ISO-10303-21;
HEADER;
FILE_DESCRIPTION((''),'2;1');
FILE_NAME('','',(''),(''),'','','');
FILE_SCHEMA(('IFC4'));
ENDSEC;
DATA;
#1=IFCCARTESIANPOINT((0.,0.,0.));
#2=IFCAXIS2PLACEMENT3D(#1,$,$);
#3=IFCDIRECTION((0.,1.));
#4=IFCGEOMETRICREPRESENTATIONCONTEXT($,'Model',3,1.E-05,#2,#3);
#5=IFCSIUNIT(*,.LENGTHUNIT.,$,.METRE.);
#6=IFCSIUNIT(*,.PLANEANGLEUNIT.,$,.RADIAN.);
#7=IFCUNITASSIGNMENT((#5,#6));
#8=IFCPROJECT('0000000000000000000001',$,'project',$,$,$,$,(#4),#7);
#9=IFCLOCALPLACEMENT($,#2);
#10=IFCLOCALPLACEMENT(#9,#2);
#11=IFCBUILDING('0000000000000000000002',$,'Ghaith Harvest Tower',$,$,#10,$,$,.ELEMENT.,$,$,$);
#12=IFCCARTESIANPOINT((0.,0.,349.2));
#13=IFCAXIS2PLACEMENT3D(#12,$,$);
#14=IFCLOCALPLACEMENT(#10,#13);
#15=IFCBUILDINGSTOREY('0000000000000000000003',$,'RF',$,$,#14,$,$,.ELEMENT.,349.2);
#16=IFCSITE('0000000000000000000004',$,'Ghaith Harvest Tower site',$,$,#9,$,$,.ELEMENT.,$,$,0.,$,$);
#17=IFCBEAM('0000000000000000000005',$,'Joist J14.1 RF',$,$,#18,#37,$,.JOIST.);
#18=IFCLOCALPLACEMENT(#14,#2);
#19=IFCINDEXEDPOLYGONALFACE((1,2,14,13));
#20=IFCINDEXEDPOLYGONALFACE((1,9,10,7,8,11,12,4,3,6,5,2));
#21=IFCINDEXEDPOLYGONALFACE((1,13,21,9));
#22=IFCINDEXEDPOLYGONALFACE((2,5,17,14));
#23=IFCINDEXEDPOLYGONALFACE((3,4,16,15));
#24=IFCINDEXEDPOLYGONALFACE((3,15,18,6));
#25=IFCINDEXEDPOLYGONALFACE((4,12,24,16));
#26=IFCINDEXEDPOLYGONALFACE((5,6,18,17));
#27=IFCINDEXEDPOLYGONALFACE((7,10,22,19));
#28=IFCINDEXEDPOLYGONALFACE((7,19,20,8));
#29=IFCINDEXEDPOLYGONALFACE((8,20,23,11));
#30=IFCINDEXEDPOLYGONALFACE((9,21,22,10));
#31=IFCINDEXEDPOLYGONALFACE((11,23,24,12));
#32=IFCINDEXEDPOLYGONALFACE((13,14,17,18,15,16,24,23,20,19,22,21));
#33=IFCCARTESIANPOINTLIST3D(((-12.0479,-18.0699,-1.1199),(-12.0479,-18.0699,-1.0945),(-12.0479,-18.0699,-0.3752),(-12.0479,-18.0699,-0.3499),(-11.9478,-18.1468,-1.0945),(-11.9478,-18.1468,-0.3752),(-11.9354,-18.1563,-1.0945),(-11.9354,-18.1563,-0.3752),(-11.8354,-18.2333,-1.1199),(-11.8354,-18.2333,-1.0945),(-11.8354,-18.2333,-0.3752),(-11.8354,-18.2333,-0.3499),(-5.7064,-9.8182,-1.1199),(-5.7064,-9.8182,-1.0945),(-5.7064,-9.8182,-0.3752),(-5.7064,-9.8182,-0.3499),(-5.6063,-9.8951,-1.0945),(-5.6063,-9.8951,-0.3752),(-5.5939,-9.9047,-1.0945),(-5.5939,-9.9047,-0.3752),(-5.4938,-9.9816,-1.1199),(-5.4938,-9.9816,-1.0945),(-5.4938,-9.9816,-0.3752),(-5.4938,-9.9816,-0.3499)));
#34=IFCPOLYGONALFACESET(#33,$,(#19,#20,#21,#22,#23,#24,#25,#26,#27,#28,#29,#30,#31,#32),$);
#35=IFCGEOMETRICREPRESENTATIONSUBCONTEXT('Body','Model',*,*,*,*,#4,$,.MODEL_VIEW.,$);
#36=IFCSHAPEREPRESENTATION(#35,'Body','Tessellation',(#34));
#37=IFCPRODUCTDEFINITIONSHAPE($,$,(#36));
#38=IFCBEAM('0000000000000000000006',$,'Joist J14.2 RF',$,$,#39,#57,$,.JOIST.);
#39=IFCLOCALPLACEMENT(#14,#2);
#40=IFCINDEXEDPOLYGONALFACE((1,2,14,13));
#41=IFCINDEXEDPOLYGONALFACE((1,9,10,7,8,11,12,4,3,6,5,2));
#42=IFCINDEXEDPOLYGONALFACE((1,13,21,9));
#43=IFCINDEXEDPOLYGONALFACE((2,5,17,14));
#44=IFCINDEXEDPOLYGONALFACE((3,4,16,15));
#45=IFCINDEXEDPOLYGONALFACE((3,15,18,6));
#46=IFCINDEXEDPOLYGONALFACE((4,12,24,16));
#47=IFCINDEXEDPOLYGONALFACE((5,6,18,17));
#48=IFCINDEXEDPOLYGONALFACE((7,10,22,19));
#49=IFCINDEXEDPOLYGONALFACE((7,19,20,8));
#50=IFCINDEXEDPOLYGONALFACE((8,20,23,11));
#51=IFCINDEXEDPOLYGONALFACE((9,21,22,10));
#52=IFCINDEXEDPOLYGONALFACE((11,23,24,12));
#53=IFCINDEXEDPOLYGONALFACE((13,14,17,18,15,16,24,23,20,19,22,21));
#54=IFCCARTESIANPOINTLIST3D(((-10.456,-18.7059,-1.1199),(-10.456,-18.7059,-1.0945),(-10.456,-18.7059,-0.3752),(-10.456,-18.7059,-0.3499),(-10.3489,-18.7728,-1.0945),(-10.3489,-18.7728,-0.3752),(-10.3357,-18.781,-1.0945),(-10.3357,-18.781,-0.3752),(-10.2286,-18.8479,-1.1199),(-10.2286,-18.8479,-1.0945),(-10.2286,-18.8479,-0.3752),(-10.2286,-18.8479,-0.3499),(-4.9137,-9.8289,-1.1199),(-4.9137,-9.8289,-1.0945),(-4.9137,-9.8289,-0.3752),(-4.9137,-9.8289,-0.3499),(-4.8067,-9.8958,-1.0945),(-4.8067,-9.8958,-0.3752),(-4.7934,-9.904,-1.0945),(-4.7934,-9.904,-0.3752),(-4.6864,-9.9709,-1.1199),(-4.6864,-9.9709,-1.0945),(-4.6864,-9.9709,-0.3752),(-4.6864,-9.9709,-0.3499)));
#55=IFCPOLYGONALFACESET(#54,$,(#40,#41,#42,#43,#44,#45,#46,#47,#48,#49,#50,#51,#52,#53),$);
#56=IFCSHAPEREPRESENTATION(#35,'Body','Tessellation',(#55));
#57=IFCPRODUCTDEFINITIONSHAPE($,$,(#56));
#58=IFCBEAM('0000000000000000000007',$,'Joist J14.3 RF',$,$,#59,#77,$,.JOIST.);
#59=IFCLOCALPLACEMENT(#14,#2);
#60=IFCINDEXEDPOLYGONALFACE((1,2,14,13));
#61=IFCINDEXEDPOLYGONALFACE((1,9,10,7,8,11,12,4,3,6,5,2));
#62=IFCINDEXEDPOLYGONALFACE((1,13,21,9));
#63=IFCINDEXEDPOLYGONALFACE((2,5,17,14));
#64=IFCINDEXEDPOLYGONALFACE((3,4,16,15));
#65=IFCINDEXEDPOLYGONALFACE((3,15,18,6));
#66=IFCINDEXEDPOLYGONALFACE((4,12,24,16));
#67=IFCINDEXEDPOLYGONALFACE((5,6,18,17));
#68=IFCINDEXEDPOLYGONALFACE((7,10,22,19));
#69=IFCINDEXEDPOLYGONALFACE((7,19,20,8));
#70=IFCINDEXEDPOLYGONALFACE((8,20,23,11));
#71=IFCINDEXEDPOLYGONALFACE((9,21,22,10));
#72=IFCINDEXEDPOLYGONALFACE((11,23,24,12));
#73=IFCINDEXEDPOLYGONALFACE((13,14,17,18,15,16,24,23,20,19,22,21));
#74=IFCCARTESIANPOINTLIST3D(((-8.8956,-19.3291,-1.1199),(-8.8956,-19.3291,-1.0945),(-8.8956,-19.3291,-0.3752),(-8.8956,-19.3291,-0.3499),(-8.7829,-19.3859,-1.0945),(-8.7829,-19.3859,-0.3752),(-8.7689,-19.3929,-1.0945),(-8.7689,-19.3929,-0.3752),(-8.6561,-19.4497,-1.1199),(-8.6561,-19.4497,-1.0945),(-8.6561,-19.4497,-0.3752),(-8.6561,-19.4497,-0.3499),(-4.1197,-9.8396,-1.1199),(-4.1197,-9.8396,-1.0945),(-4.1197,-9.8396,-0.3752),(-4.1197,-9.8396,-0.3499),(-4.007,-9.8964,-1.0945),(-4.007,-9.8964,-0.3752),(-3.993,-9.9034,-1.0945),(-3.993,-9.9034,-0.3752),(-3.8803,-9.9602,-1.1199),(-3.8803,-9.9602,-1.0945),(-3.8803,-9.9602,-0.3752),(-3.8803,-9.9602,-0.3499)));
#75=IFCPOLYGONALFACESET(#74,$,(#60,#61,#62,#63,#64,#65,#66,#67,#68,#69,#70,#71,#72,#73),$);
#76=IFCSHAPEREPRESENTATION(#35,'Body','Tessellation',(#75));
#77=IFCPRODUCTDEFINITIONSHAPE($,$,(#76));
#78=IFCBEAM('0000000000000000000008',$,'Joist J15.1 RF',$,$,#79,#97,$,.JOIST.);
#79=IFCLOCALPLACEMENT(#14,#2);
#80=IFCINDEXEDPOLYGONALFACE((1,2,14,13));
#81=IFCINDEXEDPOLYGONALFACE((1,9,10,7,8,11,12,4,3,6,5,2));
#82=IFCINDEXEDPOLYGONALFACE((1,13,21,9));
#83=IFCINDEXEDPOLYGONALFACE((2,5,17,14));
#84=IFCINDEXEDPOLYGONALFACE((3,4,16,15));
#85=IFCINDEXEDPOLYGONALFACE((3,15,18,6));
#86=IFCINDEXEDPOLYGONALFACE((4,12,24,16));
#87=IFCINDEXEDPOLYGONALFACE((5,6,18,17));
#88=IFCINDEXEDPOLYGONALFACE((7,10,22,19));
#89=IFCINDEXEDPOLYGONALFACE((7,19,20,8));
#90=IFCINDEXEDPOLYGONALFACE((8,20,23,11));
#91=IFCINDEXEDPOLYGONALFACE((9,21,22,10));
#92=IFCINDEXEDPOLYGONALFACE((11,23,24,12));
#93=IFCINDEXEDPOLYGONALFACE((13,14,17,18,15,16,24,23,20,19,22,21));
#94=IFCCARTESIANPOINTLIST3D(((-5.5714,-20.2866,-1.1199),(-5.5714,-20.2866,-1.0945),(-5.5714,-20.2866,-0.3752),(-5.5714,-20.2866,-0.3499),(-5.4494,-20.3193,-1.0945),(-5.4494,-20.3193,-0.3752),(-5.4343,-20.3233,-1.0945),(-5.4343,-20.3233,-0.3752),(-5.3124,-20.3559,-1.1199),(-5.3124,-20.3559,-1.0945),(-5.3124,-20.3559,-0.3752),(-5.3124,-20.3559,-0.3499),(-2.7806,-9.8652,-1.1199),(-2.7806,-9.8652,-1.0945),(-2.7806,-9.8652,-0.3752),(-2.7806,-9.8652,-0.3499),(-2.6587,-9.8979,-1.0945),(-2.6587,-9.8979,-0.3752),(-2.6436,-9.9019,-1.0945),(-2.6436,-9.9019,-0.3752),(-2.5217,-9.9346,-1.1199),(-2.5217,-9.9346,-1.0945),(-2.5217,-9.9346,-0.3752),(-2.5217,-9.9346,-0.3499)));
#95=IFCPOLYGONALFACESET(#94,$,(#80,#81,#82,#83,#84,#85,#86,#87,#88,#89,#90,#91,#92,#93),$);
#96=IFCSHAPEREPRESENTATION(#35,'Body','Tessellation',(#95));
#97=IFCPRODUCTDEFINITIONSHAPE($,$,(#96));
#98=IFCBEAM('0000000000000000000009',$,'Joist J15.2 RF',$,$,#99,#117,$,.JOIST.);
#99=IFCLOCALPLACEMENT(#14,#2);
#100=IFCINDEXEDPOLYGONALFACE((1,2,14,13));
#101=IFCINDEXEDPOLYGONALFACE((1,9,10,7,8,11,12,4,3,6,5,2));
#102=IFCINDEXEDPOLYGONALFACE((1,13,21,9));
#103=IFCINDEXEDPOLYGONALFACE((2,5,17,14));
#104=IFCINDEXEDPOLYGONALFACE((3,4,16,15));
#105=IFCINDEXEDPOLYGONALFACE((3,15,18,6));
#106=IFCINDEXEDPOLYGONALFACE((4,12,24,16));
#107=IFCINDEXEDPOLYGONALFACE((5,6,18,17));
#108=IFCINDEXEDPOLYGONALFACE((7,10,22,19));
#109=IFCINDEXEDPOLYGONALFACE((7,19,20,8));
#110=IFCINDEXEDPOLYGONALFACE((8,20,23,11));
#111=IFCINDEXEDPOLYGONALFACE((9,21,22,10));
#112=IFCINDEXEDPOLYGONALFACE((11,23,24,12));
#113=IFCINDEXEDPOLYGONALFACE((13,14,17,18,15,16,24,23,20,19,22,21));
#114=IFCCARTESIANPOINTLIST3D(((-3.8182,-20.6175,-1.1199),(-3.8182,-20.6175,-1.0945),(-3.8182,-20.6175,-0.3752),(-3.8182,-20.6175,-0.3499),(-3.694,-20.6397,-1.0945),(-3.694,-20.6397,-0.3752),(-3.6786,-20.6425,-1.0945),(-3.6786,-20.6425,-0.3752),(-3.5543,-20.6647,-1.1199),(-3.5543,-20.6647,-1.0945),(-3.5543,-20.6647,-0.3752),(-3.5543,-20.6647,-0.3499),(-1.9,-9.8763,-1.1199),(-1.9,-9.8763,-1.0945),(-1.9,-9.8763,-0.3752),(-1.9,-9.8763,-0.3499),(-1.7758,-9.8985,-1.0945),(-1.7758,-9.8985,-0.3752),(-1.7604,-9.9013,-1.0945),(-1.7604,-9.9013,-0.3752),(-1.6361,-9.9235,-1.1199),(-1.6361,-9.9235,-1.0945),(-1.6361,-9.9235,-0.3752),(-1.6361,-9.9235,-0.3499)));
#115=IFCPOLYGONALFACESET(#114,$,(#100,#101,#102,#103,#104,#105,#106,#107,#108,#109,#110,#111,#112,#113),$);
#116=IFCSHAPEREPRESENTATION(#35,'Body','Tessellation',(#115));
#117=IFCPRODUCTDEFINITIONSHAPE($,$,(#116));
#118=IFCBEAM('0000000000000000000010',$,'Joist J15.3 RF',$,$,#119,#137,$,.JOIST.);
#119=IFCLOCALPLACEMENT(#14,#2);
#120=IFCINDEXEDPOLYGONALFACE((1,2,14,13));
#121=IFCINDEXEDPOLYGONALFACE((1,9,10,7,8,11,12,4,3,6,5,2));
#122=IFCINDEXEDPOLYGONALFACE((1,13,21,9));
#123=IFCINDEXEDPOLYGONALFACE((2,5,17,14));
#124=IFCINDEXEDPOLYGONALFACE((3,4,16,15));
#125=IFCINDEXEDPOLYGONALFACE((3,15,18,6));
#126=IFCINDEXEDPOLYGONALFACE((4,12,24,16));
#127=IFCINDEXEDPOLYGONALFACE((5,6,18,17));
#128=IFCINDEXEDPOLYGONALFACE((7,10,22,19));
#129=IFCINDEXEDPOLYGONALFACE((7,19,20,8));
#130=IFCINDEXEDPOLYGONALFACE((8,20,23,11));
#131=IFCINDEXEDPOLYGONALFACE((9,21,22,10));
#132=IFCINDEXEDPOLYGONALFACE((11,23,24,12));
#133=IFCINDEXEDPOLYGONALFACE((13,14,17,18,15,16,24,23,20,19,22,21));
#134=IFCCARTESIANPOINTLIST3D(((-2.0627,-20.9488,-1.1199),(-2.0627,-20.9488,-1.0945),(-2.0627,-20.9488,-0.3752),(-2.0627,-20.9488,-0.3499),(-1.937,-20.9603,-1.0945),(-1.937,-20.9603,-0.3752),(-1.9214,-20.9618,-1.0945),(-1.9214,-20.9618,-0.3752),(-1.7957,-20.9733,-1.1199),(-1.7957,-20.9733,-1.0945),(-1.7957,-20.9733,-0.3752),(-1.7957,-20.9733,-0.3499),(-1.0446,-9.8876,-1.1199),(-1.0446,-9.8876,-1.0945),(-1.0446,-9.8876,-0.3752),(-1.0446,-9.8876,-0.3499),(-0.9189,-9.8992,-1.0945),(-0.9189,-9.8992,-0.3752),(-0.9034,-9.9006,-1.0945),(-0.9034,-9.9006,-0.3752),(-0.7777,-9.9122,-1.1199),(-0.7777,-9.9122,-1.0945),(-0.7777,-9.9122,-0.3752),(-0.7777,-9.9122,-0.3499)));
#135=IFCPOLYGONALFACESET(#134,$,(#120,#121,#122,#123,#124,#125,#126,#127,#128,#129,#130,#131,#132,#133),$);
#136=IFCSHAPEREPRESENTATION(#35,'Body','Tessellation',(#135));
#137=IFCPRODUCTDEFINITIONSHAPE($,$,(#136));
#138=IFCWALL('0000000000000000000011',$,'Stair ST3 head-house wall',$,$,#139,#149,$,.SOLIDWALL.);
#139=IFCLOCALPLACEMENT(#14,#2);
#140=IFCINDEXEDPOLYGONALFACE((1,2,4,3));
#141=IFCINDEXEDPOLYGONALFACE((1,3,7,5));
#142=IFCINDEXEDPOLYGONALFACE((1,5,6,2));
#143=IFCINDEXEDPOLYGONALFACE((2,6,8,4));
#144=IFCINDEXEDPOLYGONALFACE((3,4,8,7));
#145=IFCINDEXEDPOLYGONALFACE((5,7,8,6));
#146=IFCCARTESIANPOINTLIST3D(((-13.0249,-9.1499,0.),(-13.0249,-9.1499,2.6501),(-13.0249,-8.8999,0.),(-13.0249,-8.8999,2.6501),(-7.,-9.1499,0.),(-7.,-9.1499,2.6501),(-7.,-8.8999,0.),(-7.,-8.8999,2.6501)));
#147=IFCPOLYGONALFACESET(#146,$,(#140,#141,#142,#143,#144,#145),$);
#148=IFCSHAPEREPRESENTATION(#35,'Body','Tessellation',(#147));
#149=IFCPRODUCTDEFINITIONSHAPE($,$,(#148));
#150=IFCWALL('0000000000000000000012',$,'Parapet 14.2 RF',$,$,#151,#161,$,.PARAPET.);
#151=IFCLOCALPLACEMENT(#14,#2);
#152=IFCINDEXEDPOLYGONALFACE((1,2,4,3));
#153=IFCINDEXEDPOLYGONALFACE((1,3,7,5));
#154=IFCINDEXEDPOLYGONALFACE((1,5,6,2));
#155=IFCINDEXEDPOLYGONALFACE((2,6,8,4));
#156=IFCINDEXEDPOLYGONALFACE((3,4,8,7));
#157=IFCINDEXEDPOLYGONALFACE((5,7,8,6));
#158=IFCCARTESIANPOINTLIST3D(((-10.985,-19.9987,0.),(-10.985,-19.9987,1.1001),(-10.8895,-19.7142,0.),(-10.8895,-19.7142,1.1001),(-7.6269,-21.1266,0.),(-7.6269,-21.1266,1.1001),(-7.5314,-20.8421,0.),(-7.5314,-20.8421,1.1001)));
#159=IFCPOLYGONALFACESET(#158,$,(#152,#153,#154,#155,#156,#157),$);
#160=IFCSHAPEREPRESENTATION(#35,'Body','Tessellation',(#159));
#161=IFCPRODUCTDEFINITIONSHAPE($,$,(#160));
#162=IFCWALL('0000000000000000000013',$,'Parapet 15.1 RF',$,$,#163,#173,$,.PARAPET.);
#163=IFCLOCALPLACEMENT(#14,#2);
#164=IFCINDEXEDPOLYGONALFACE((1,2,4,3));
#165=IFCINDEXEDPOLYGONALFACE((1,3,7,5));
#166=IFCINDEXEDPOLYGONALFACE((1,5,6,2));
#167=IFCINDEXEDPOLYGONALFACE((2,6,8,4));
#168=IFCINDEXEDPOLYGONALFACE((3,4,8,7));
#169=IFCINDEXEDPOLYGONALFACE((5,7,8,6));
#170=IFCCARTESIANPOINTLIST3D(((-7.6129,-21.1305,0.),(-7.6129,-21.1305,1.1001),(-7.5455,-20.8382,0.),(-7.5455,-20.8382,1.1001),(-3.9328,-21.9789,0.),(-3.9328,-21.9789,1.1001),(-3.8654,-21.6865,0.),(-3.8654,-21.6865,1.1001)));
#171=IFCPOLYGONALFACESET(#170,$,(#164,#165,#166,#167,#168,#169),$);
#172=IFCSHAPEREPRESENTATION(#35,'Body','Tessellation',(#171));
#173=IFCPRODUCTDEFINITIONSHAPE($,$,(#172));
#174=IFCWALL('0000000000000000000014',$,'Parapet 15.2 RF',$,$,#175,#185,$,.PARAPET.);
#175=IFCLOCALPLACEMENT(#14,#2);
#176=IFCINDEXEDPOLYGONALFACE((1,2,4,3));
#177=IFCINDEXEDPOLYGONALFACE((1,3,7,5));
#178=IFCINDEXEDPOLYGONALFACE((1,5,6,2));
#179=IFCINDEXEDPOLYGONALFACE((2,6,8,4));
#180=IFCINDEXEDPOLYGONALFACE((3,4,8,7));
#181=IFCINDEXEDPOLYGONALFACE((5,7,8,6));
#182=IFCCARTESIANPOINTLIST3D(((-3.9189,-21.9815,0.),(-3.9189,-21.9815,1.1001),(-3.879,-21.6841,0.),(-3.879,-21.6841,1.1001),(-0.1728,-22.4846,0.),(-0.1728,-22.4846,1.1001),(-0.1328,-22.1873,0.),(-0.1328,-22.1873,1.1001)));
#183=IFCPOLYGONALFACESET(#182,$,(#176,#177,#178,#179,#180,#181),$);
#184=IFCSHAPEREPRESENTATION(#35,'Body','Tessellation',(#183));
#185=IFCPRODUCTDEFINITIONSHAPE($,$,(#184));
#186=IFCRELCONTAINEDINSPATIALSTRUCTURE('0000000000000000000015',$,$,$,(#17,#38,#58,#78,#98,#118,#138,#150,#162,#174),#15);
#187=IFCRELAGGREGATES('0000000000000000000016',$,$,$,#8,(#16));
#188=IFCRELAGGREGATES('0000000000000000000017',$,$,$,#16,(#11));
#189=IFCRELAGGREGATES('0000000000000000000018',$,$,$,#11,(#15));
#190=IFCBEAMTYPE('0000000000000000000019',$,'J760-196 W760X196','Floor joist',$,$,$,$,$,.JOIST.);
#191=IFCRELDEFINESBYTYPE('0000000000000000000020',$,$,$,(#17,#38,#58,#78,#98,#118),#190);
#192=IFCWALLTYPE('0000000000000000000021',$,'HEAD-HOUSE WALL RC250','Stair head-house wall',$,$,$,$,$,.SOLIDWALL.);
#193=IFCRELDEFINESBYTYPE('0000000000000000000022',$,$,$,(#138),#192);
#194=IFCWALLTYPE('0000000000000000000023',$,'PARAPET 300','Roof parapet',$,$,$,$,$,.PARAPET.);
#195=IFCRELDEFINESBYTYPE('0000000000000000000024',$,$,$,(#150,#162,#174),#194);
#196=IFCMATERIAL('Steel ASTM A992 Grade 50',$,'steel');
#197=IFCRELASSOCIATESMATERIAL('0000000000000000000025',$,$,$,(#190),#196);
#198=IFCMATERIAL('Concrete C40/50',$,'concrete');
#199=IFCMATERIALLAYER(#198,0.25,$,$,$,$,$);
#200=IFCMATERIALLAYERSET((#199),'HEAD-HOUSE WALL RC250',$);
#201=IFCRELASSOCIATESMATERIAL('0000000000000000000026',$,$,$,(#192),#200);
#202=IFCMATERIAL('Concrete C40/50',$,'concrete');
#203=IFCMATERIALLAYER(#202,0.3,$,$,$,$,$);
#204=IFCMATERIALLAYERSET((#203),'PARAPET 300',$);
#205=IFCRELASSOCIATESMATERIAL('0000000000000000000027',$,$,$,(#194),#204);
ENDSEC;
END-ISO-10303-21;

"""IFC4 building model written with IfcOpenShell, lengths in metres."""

from ifc_helpers import new_model, si_unit, direction, frame, frame_2d, origin, origin_2d, place, context, subcontext, project, spatial, rectangle, i_section, extrude, material, layer, layer_set, material_profile, profile_set, type_object, element, save


model = new_model("IFC4")

# Units and contexts
model_context = context("Model", 3, precision=1e-05, world=origin(), true_north=direction((0.0, 1.0)))
body_context = subcontext(model_context, "Body", "Model", "MODEL_VIEW")
ifc_project = project(units=[si_unit("LENGTHUNIT", "METRE"), si_unit("PLANEANGLEUNIT", "RADIAN")], contexts=[model_context])

# Site, building, storey
site_placement = place(None, origin())
site = spatial("IfcSite", under=ifc_project, at=site_placement, Name="Ghaith Harvest Tower site", CompositionType="ELEMENT", RefElevation=0.0)
building_placement = place(site_placement, origin())
building = spatial("IfcBuilding", under=site, at=building_placement, Name="Ghaith Harvest Tower", CompositionType="ELEMENT")
storey_placement = place(building_placement, frame((0.0, 0.0, 349.2)))
storey = spatial("IfcBuildingStorey", under=building, at=storey_placement, Name="RF", CompositionType="ELEMENT", Elevation=349.2)

# Beams
ifc_material_1 = material(Name="Steel ASTM A992 Grade 50", Category="steel")
ifc_material_profile_1 = material_profile(ifc_material_1, i_section(OverallWidth=0.2681, OverallDepth=0.77, WebThickness=0.0156, FlangeThickness=0.0254, at=origin_2d()), Name="W760X196")
ifc_profile_set_1 = profile_set([ifc_material_profile_1], Name="Steel ASTM A992 Grade 50")
beam_type_1 = type_object("IfcBeamType", Name="J760-196 W760X196", Description="Floor joist", PredefinedType="JOIST", material=ifc_profile_set_1)
beam_1_placement = place(storey_placement, frame((-5.6001, -9.8999, -0.7349), z_axis=(-0.609354, -0.792899, 0.0), x_axis=(0.792899, -0.609354, 0.0)))
element("IfcBeam", 1, at=beam_1_placement, inside=storey, type_object=beam_type_1, Name="Joist J14.1 RF", PredefinedType="JOIST", context=body_context, shape_type="SweptSolid", body=[
    extrude(i_section(OverallWidth=0.2681, OverallDepth=0.77, WebThickness=0.0156, FlangeThickness=0.0254, at=origin_2d()), origin(), (0.0, 0.0, 1.0), 10.407),
])
beam_2_placement = place(storey_placement, frame((-4.8, -9.8999, -0.7349), z_axis=(-0.529596, -0.84825, 0.0), x_axis=(0.84825, -0.529596, 0.0)))
element("IfcBeam", 2, at=beam_2_placement, inside=storey, type_object=beam_type_1, Name="Joist J14.2 RF", PredefinedType="JOIST", context=body_context, shape_type="SweptSolid", body=[
    extrude(i_section(OverallWidth=0.2681, OverallDepth=0.77, WebThickness=0.0156, FlangeThickness=0.0254, at=origin_2d()), origin(), (0.0, 0.0, 1.0), 10.4651),
])
beam_3_placement = place(storey_placement, frame((-4.0, -9.8999, -0.7349), z_axis=(-0.449556, -0.893252, 0.0), x_axis=(0.893252, -0.449556, 0.0)))
element("IfcBeam", 3, at=beam_3_placement, inside=storey, type_object=beam_type_1, Name="Joist J14.3 RF", PredefinedType="JOIST", context=body_context, shape_type="SweptSolid", body=[
    extrude(i_section(OverallWidth=0.2681, OverallDepth=0.77, WebThickness=0.0156, FlangeThickness=0.0254, at=origin_2d()), origin(), (0.0, 0.0, 1.0), 10.6235),
])
beam_4_placement = place(storey_placement, frame((-2.6511, -9.8999, -0.7349), z_axis=(-0.258678, -0.965964, 0.0), x_axis=(0.965964, -0.258678, 0.0)))
element("IfcBeam", 4, at=beam_4_placement, inside=storey, type_object=beam_type_1, Name="Joist J15.1 RF", PredefinedType="JOIST", context=body_context, shape_type="SweptSolid", body=[
    extrude(i_section(OverallWidth=0.2681, OverallDepth=0.77, WebThickness=0.0156, FlangeThickness=0.0254, at=origin_2d()), origin(), (0.0, 0.0, 1.0), 10.7886),
])
beam_5_placement = place(storey_placement, frame((-1.7681, -9.8999, -0.7349), z_axis=(-0.175803, -0.984425, 0.0), x_axis=(0.984425, -0.175803, 0.0)))
element("IfcBeam", 5, at=beam_5_placement, inside=storey, type_object=beam_type_1, Name="Joist J15.2 RF", PredefinedType="JOIST", context=body_context, shape_type="SweptSolid", body=[
    extrude(i_section(OverallWidth=0.2681, OverallDepth=0.77, WebThickness=0.0156, FlangeThickness=0.0254, at=origin_2d()), origin(), (0.0, 0.0, 1.0), 10.9111),
])
beam_6_placement = place(storey_placement, frame((-0.9111, -9.8999, -0.7349), z_axis=(-0.091651, -0.995791, 0.0), x_axis=(0.995791, -0.091651, 0.0)))
element("IfcBeam", 6, at=beam_6_placement, inside=storey, type_object=beam_type_1, Name="Joist J15.3 RF", PredefinedType="JOIST", context=body_context, shape_type="SweptSolid", body=[
    extrude(i_section(OverallWidth=0.2681, OverallDepth=0.77, WebThickness=0.0156, FlangeThickness=0.0254, at=origin_2d()), origin(), (0.0, 0.0, 1.0), 11.1079),
])

# Wall
ifc_material_2 = material(Name="Concrete C40/50", Category="concrete")
ifc_layer_1 = layer(ifc_material_2, 0.25)
ifc_layer_set_1 = layer_set([ifc_layer_1], Name="HEAD-HOUSE WALL RC250")
wall_type_1 = type_object("IfcWallType", Name="HEAD-HOUSE WALL RC250", Description="Stair head-house wall", PredefinedType="SOLIDWALL", material=ifc_layer_set_1)
wall_1_placement = place(storey_placement, frame((-7.0, -9.0249, 0.0), z_axis=(0.0, 0.0, 1.0), x_axis=(-1.0, 0.0, 0.0)))
element("IfcWall", 7, at=wall_1_placement, inside=storey, type_object=wall_type_1, Name="Stair ST3 head-house wall", PredefinedType="SOLIDWALL", context=body_context, shape_type="SweptSolid", body=[
    extrude(rectangle(XDim=6.0249, YDim=0.25, at=frame_2d((3.0125, 0.0))), origin(), (0.0, 0.0, 1.0), 2.6501),
])

# Walls
ifc_material_3 = material(Name="Concrete C40/50", Category="concrete")
ifc_layer_2 = layer(ifc_material_3, 0.3)
ifc_layer_set_2 = layer_set([ifc_layer_2], Name="PARAPET 300")
wall_type_2 = type_object("IfcWallType", Name="PARAPET 300", Description="Roof parapet", PredefinedType="PARAPET", material=ifc_layer_set_2)
wall_2_placement = place(storey_placement, frame((-10.9373, -19.8564, 0.0), z_axis=(0.0, 0.0, 1.0), x_axis=(0.947957, -0.318398, 0.0)))
element("IfcWall", 8, at=wall_2_placement, inside=storey, type_object=wall_type_2, Name="Parapet 14.2 RF", PredefinedType="PARAPET", context=body_context, shape_type="SweptSolid", body=[
    extrude(rectangle(XDim=3.5425, YDim=0.3, at=frame_2d((1.7712, 0.0))), origin(), (0.0, 0.0, 1.0), 1.1001),
])
wall_3_placement = place(storey_placement, frame((-7.5791, -20.9844, 0.0), z_axis=(0.0, 0.0, 1.0), x_axis=(0.974442, -0.224638, 0.0)))
element("IfcWall", 9, at=wall_3_placement, inside=storey, type_object=wall_type_2, Name="Parapet 15.1 RF", PredefinedType="PARAPET", context=body_context, shape_type="SweptSolid", body=[
    extrude(rectangle(XDim=3.7766, YDim=0.3, at=frame_2d((1.8882, 0.0))), origin(), (0.0, 0.0, 1.0), 1.1001),
])
wall_4_placement = place(storey_placement, frame((-3.8989, -21.8328, 0.0), z_axis=(0.0, 0.0, 1.0), x_axis=(0.991099, -0.133124, 0.0)))
element("IfcWall", 10, at=wall_4_placement, inside=storey, type_object=wall_type_2, Name="Parapet 15.2 RF", PredefinedType="PARAPET", context=body_context, shape_type="SweptSolid", body=[
    extrude(rectangle(XDim=3.7798, YDim=0.3, at=frame_2d((1.8899, 0.0))), origin(), (0.0, 0.0, 1.0), 1.1001),
])

save(model, "model.ifc")
